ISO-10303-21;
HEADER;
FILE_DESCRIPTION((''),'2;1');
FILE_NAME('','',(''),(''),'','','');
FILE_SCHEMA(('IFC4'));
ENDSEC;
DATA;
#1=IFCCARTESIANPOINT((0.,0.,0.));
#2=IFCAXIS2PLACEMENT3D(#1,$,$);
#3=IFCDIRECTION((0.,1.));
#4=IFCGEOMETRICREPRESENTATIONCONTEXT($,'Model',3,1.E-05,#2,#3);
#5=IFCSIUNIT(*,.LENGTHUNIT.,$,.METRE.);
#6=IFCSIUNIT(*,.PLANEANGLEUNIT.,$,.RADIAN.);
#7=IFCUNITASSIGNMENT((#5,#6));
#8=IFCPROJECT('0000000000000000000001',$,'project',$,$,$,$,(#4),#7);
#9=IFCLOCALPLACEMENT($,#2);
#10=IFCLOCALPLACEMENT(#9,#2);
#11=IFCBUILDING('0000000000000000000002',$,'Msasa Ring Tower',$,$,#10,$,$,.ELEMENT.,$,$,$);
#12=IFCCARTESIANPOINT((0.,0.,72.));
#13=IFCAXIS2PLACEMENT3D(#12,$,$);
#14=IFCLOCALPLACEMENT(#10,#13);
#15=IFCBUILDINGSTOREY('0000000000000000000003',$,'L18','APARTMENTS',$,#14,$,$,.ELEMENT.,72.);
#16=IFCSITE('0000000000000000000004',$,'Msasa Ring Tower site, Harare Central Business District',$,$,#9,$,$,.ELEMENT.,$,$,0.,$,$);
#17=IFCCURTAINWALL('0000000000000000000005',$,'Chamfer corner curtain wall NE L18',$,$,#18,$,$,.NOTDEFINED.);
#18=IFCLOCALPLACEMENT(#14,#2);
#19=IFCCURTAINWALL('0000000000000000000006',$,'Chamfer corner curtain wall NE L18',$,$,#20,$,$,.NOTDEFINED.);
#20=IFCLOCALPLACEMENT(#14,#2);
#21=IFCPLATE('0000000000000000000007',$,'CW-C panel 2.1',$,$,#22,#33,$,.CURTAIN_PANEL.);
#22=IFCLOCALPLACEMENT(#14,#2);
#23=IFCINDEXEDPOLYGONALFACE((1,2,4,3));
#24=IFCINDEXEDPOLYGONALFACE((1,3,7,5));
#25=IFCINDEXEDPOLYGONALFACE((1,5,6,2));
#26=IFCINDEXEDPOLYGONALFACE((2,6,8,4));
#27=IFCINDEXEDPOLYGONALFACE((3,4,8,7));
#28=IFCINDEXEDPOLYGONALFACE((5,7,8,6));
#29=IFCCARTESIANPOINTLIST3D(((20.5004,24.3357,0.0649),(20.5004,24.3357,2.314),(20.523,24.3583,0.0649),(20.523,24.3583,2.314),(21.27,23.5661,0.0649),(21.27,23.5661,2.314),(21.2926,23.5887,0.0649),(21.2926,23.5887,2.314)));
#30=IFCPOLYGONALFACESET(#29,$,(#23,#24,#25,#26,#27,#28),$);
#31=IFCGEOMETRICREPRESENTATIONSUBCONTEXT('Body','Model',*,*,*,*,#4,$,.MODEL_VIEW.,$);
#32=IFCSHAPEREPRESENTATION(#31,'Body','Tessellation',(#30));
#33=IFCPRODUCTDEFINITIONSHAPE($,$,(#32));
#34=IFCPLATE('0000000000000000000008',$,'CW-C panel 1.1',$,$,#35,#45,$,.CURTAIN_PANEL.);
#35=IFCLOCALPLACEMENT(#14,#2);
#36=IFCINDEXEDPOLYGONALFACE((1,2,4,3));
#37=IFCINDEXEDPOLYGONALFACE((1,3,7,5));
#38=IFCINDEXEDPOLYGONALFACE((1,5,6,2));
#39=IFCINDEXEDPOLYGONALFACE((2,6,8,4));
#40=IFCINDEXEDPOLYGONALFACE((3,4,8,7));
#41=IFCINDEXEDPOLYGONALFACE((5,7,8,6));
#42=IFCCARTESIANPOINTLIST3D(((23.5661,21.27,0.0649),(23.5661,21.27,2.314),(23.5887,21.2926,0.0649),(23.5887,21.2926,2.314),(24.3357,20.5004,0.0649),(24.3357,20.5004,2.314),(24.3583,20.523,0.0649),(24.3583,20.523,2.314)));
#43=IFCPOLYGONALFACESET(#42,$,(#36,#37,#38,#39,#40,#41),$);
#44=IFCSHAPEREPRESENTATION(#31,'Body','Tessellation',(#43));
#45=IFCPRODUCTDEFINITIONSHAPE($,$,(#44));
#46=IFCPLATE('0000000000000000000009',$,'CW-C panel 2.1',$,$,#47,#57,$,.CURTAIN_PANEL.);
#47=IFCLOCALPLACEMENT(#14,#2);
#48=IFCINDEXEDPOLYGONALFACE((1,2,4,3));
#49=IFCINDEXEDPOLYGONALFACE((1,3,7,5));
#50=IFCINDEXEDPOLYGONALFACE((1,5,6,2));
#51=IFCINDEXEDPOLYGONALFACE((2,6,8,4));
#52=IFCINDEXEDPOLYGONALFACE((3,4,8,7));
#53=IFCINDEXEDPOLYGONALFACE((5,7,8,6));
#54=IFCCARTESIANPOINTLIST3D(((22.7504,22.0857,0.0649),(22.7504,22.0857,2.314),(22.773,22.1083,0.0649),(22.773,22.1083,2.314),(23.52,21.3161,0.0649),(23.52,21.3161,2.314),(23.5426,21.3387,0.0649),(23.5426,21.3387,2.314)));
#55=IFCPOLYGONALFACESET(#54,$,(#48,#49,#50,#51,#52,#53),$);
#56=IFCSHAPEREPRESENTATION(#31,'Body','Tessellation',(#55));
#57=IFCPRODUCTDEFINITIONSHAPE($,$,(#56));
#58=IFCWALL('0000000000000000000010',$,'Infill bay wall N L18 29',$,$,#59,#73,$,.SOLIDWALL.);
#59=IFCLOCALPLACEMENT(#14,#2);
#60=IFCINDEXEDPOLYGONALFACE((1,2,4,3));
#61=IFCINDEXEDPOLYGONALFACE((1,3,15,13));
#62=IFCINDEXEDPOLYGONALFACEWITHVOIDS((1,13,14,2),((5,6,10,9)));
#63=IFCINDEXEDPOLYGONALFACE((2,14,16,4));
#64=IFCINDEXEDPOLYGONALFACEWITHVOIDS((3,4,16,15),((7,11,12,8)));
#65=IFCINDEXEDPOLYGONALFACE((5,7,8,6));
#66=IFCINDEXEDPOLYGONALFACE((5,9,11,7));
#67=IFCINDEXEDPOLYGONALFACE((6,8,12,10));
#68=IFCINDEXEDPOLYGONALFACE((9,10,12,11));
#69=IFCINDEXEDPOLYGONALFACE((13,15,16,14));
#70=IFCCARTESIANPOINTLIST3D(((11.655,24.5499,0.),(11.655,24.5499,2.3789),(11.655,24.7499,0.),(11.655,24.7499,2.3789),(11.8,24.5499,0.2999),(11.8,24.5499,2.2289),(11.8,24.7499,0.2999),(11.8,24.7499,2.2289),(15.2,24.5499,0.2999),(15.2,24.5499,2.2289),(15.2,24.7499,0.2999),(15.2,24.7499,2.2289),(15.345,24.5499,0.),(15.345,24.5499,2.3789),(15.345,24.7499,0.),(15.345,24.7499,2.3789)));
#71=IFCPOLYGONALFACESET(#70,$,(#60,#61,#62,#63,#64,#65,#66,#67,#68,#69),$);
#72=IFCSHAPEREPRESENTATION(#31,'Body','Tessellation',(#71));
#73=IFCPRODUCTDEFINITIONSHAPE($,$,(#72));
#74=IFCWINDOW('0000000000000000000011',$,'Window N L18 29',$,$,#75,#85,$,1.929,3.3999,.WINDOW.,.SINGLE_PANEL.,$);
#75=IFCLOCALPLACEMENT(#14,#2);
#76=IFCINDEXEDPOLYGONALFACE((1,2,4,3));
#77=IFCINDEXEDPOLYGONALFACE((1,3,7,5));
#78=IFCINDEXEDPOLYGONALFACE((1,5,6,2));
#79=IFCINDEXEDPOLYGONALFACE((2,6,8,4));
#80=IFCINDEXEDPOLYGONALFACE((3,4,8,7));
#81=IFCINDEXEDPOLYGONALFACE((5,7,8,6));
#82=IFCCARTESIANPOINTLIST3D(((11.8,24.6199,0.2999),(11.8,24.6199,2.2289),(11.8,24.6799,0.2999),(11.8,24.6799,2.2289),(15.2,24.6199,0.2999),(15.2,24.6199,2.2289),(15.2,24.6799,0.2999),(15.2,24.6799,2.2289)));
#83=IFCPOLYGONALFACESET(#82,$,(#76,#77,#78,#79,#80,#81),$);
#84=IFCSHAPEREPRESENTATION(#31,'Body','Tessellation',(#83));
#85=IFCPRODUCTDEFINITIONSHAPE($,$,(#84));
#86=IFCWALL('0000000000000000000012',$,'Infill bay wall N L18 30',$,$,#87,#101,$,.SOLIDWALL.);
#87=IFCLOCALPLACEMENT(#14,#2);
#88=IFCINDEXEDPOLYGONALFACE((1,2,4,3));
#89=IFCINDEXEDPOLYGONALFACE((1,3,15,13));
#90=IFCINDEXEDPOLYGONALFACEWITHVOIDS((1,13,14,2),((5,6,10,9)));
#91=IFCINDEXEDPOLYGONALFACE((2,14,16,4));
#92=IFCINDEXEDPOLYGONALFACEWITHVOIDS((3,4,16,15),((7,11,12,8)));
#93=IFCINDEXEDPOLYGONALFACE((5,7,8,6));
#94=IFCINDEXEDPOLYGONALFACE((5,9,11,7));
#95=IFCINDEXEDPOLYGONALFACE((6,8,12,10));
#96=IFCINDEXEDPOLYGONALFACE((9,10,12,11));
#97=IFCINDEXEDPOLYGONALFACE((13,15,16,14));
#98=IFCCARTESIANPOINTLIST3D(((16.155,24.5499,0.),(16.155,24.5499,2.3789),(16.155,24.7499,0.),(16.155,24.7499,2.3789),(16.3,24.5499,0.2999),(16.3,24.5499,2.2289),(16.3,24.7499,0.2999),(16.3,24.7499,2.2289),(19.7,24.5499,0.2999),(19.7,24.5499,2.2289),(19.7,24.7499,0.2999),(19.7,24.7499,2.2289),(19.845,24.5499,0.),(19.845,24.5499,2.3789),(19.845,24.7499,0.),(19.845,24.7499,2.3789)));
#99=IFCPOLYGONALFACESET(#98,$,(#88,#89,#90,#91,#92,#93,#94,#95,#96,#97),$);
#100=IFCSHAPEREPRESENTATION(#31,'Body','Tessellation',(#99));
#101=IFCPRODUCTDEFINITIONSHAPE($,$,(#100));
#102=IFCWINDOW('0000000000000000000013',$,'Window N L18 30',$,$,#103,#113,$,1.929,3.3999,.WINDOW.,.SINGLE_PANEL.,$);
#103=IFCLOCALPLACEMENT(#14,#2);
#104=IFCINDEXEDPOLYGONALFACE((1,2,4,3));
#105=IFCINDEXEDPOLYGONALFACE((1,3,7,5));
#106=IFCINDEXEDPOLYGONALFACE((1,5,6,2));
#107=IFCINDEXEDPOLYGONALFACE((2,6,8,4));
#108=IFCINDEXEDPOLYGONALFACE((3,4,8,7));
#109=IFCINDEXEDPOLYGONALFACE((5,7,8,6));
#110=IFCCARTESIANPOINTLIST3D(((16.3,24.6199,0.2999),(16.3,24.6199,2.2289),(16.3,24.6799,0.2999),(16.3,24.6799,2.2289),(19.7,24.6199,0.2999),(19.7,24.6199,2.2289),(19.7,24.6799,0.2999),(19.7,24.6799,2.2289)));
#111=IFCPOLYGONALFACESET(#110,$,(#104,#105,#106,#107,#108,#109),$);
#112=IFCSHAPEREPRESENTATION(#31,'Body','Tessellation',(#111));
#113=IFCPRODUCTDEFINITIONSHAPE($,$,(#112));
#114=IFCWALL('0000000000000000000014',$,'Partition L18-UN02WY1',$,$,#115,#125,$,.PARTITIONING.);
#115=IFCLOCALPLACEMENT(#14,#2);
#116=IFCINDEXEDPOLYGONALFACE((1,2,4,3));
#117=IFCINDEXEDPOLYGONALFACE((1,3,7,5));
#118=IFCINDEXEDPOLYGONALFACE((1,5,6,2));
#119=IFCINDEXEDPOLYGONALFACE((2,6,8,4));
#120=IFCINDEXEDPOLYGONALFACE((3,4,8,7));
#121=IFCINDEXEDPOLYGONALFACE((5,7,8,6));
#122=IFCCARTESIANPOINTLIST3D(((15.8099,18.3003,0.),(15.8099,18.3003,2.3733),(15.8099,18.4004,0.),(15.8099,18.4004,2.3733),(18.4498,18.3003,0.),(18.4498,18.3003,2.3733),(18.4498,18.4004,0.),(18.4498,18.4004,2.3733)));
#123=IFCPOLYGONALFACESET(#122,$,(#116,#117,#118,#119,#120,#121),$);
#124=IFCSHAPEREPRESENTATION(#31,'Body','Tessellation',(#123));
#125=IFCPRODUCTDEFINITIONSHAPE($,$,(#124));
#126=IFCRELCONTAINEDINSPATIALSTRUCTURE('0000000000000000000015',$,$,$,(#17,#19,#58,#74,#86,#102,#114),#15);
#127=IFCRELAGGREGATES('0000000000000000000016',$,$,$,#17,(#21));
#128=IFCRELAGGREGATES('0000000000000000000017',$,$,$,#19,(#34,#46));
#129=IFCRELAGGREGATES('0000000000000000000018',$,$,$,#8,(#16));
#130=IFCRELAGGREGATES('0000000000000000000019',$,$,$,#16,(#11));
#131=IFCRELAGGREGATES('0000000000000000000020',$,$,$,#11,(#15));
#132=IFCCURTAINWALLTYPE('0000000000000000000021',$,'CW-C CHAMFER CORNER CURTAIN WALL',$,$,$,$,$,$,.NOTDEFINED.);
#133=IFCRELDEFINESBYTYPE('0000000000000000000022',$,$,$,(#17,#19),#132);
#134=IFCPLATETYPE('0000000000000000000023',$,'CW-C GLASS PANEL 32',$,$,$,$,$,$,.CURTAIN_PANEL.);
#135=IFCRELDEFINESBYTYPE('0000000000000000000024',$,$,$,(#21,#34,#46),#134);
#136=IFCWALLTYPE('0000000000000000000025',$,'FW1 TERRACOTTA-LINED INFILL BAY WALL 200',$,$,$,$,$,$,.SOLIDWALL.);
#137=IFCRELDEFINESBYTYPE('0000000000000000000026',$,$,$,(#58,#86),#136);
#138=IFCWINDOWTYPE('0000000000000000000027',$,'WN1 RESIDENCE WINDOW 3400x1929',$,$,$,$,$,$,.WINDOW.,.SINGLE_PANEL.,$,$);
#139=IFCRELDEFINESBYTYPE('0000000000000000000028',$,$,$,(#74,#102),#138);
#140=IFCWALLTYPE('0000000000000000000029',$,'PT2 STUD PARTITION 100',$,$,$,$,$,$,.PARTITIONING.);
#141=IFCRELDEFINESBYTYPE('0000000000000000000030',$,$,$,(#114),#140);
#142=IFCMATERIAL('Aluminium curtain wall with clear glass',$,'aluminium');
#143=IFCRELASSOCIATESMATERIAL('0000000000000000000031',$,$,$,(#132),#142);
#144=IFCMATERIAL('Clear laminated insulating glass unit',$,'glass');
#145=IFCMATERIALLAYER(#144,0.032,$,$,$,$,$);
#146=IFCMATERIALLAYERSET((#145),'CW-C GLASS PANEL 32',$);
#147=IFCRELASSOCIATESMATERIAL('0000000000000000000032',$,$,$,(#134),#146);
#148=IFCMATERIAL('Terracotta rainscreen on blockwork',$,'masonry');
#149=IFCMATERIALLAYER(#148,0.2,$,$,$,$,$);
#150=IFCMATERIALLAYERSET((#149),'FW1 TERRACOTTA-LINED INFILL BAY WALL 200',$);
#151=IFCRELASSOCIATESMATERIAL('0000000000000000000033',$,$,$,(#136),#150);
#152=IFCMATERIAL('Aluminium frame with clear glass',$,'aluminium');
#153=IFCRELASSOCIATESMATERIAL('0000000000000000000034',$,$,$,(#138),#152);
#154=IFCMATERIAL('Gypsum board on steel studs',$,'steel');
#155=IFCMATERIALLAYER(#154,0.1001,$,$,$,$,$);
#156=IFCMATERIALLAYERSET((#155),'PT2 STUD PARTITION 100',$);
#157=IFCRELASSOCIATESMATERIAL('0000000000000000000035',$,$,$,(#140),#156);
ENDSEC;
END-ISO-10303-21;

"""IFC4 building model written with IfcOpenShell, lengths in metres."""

from ifc_helpers import new_model, si_unit, direction, frame, frame_2d, origin, origin_2d, place, context, subcontext, project, spatial, rectangle, extrude, material, layer, layer_set, type_object, element, fill, aggregate, save


model = new_model("IFC4")

# Units and contexts
model_context = context("Model", 3, precision=1e-05, world=origin(), true_north=direction((0.0, 1.0)))
body_context = subcontext(model_context, "Body", "Model", "MODEL_VIEW")
ifc_project = project(units=[si_unit("LENGTHUNIT", "METRE"), si_unit("PLANEANGLEUNIT", "RADIAN")], contexts=[model_context])

# Site, building, storey
site_placement = place(None, origin())
site = spatial("IfcSite", under=ifc_project, at=site_placement, Name="Msasa Ring Tower site, Harare Central Business District", CompositionType="ELEMENT", RefElevation=0.0)
building_placement = place(site_placement, origin())
building = spatial("IfcBuilding", under=site, at=building_placement, Name="Msasa Ring Tower", CompositionType="ELEMENT")
storey_placement = place(building_placement, frame((0.0, 0.0, 72.0)))
storey = spatial("IfcBuildingStorey", under=building, at=storey_placement, Name="L18", Description="APARTMENTS", CompositionType="ELEMENT", Elevation=72.0)

# Curtain walls
ifc_material_1 = material(Name="Aluminium curtain wall with clear glass", Category="aluminium")
curtain_wall_type = type_object("IfcCurtainWallType", Name="CW-C CHAMFER CORNER CURTAIN WALL", PredefinedType="NOTDEFINED", material=ifc_material_1)
curtain_wall_1_placement = place(storey_placement, origin())
curtain_wall_1 = element("IfcCurtainWall", 1, at=curtain_wall_1_placement, inside=storey, type_object=curtain_wall_type, Name="Chamfer corner curtain wall NE L18", PredefinedType="NOTDEFINED")
curtain_wall_2_placement = place(storey_placement, origin())
curtain_wall_2 = element("IfcCurtainWall", 2, at=curtain_wall_2_placement, inside=storey, type_object=curtain_wall_type, Name="Chamfer corner curtain wall NE L18", PredefinedType="NOTDEFINED")

# Plates
ifc_material_2 = material(Name="Clear laminated insulating glass unit", Category="glass")
ifc_layer_1 = layer(ifc_material_2, 0.032)
ifc_layer_set_1 = layer_set([ifc_layer_1], Name="CW-C GLASS PANEL 32")
plate_type = type_object("IfcPlateType", Name="CW-C GLASS PANEL 32", PredefinedType="CURTAIN_PANEL", material=ifc_layer_set_1)
plate_1_placement = place(storey_placement, frame((20.8965, 23.9622, 0.0649), z_axis=(0.0, 0.0, 1.0), x_axis=(-0.707107, 0.707107, 0.0)))
plate_1 = element("IfcPlate", 3, at=plate_1_placement, type_object=plate_type, Name="CW-C panel 2.1", PredefinedType="CURTAIN_PANEL", context=body_context, shape_type="SweptSolid", body=[
    extrude(rectangle(XDim=1.0884, YDim=0.032, at=origin_2d()), origin(), (0.0, 0.0, 1.0), 2.249),
])
aggregate(curtain_wall_1, [plate_1])
plate_2_placement = place(storey_placement, frame((23.9622, 20.8965, 0.0649), z_axis=(0.0, 0.0, 1.0), x_axis=(-0.707107, 0.707107, 0.0)))
plate_2 = element("IfcPlate", 4, at=plate_2_placement, type_object=plate_type, Name="CW-C panel 1.1", PredefinedType="CURTAIN_PANEL", context=body_context, shape_type="SweptSolid", body=[
    extrude(rectangle(XDim=1.0884, YDim=0.032, at=origin_2d()), origin(), (0.0, 0.0, 1.0), 2.249),
])
plate_3_placement = place(storey_placement, frame((23.1465, 21.7122, 0.0649), z_axis=(0.0, 0.0, 1.0), x_axis=(-0.707107, 0.707107, 0.0)))
plate_3 = element("IfcPlate", 5, at=plate_3_placement, type_object=plate_type, Name="CW-C panel 2.1", PredefinedType="CURTAIN_PANEL", context=body_context, shape_type="SweptSolid", body=[
    extrude(rectangle(XDim=1.0884, YDim=0.032, at=origin_2d()), origin(), (0.0, 0.0, 1.0), 2.249),
])
aggregate(curtain_wall_2, [plate_2, plate_3])

# Walls, openings, windows
ifc_material_3 = material(Name="Terracotta rainscreen on blockwork", Category="masonry")
ifc_layer_2 = layer(ifc_material_3, 0.2)
ifc_layer_set_2 = layer_set([ifc_layer_2], Name="FW1 TERRACOTTA-LINED INFILL BAY WALL 200")
wall_type_1 = type_object("IfcWallType", Name="FW1 TERRACOTTA-LINED INFILL BAY WALL 200", PredefinedType="SOLIDWALL", material=ifc_layer_set_2)
wall_1_placement = place(storey_placement, frame((11.655, 24.6499, 0.0), z_axis=(0.0, 0.0, 1.0), x_axis=(1.0, 0.0, 0.0)))
wall_1 = element("IfcWall", 6, at=wall_1_placement, inside=storey, type_object=wall_type_1, Name="Infill bay wall N L18 29", PredefinedType="SOLIDWALL", context=body_context, shape_type="SweptSolid", body=[
    extrude(rectangle(XDim=3.6899, YDim=0.2, at=frame_2d((1.845, 0.0))), origin(), (0.0, 0.0, 1.0), 2.3789),
])
opening_1_placement = place(wall_1_placement, frame((0.145, 0.0, 0.3)))
opening_1 = element("IfcOpeningElement", 7, at=opening_1_placement, cuts=wall_1, PredefinedType="OPENING", context=body_context, shape_type="SweptSolid", body=[
    extrude(rectangle(XDim=3.3999, YDim=1.929, at=frame_2d((1.7, 0.9644))), frame((0.0, 0.1099, 0.0), z_axis=(0.0, -1.0, 0.0), x_axis=(1.0, 0.0, 0.0)), (0.0, 0.0, 1.0), 0.22),
])
ifc_material_4 = material(Name="Aluminium frame with clear glass", Category="aluminium")
window_type = type_object("IfcWindowType", Name="WN1 RESIDENCE WINDOW 3400x1929", PartitioningType="SINGLE_PANEL", PredefinedType="WINDOW", material=ifc_material_4)
window_1_placement = place(opening_1_placement, origin())
window_1 = element("IfcWindow", 8, at=window_1_placement, inside=storey, type_object=window_type, Name="Window N L18 29", OverallHeight=1.929, OverallWidth=3.3999, PartitioningType="SINGLE_PANEL", PredefinedType="WINDOW", context=body_context, shape_type="SweptSolid", body=[
    extrude(rectangle(XDim=3.3999, YDim=1.929, at=frame_2d((1.7, 0.9644))), frame((0.0, 0.03, 0.0), z_axis=(0.0, -1.0, 0.0), x_axis=(1.0, 0.0, 0.0)), (0.0, 0.0, 1.0), 0.0601),
])
fill(opening_1, window_1)
wall_2_placement = place(storey_placement, frame((16.155, 24.6499, 0.0), z_axis=(0.0, 0.0, 1.0), x_axis=(1.0, 0.0, 0.0)))
wall_2 = element("IfcWall", 9, at=wall_2_placement, inside=storey, type_object=wall_type_1, Name="Infill bay wall N L18 30", PredefinedType="SOLIDWALL", context=body_context, shape_type="SweptSolid", body=[
    extrude(rectangle(XDim=3.6899, YDim=0.2, at=frame_2d((1.845, 0.0))), origin(), (0.0, 0.0, 1.0), 2.3789),
])
opening_2_placement = place(wall_2_placement, frame((0.145, 0.0, 0.3)))
opening_2 = element("IfcOpeningElement", 10, at=opening_2_placement, cuts=wall_2, PredefinedType="OPENING", context=body_context, shape_type="SweptSolid", body=[
    extrude(rectangle(XDim=3.3999, YDim=1.929, at=frame_2d((1.7, 0.9644))), frame((0.0, 0.1099, 0.0), z_axis=(0.0, -1.0, 0.0), x_axis=(1.0, 0.0, 0.0)), (0.0, 0.0, 1.0), 0.22),
])
window_2_placement = place(opening_2_placement, origin())
window_2 = element("IfcWindow", 11, at=window_2_placement, inside=storey, type_object=window_type, Name="Window N L18 30", OverallHeight=1.929, OverallWidth=3.3999, PartitioningType="SINGLE_PANEL", PredefinedType="WINDOW", context=body_context, shape_type="SweptSolid", body=[
    extrude(rectangle(XDim=3.3999, YDim=1.929, at=frame_2d((1.7, 0.9644))), frame((0.0, 0.03, 0.0), z_axis=(0.0, -1.0, 0.0), x_axis=(1.0, 0.0, 0.0)), (0.0, 0.0, 1.0), 0.0601),
])
fill(opening_2, window_2)

# Wall
ifc_material_5 = material(Name="Gypsum board on steel studs", Category="steel")
ifc_layer_3 = layer(ifc_material_5, 0.1001)
ifc_layer_set_3 = layer_set([ifc_layer_3], Name="PT2 STUD PARTITION 100")
wall_type_2 = type_object("IfcWallType", Name="PT2 STUD PARTITION 100", PredefinedType="PARTITIONING", material=ifc_layer_set_3)
wall_3_placement = place(storey_placement, frame((15.8101, 18.3503, 0.0), z_axis=(0.0, 0.0, 1.0), x_axis=(1.0, 0.0, 0.0)))
element("IfcWall", 12, at=wall_3_placement, inside=storey, type_object=wall_type_2, Name="Partition L18-UN02WY1", PredefinedType="PARTITIONING", context=body_context, shape_type="SweptSolid", body=[
    extrude(rectangle(XDim=2.6399, YDim=0.1001, at=frame_2d((1.3198, 0.0))), origin(), (0.0, 0.0, 1.0), 2.3733),
])

save(model, "model.ifc")
